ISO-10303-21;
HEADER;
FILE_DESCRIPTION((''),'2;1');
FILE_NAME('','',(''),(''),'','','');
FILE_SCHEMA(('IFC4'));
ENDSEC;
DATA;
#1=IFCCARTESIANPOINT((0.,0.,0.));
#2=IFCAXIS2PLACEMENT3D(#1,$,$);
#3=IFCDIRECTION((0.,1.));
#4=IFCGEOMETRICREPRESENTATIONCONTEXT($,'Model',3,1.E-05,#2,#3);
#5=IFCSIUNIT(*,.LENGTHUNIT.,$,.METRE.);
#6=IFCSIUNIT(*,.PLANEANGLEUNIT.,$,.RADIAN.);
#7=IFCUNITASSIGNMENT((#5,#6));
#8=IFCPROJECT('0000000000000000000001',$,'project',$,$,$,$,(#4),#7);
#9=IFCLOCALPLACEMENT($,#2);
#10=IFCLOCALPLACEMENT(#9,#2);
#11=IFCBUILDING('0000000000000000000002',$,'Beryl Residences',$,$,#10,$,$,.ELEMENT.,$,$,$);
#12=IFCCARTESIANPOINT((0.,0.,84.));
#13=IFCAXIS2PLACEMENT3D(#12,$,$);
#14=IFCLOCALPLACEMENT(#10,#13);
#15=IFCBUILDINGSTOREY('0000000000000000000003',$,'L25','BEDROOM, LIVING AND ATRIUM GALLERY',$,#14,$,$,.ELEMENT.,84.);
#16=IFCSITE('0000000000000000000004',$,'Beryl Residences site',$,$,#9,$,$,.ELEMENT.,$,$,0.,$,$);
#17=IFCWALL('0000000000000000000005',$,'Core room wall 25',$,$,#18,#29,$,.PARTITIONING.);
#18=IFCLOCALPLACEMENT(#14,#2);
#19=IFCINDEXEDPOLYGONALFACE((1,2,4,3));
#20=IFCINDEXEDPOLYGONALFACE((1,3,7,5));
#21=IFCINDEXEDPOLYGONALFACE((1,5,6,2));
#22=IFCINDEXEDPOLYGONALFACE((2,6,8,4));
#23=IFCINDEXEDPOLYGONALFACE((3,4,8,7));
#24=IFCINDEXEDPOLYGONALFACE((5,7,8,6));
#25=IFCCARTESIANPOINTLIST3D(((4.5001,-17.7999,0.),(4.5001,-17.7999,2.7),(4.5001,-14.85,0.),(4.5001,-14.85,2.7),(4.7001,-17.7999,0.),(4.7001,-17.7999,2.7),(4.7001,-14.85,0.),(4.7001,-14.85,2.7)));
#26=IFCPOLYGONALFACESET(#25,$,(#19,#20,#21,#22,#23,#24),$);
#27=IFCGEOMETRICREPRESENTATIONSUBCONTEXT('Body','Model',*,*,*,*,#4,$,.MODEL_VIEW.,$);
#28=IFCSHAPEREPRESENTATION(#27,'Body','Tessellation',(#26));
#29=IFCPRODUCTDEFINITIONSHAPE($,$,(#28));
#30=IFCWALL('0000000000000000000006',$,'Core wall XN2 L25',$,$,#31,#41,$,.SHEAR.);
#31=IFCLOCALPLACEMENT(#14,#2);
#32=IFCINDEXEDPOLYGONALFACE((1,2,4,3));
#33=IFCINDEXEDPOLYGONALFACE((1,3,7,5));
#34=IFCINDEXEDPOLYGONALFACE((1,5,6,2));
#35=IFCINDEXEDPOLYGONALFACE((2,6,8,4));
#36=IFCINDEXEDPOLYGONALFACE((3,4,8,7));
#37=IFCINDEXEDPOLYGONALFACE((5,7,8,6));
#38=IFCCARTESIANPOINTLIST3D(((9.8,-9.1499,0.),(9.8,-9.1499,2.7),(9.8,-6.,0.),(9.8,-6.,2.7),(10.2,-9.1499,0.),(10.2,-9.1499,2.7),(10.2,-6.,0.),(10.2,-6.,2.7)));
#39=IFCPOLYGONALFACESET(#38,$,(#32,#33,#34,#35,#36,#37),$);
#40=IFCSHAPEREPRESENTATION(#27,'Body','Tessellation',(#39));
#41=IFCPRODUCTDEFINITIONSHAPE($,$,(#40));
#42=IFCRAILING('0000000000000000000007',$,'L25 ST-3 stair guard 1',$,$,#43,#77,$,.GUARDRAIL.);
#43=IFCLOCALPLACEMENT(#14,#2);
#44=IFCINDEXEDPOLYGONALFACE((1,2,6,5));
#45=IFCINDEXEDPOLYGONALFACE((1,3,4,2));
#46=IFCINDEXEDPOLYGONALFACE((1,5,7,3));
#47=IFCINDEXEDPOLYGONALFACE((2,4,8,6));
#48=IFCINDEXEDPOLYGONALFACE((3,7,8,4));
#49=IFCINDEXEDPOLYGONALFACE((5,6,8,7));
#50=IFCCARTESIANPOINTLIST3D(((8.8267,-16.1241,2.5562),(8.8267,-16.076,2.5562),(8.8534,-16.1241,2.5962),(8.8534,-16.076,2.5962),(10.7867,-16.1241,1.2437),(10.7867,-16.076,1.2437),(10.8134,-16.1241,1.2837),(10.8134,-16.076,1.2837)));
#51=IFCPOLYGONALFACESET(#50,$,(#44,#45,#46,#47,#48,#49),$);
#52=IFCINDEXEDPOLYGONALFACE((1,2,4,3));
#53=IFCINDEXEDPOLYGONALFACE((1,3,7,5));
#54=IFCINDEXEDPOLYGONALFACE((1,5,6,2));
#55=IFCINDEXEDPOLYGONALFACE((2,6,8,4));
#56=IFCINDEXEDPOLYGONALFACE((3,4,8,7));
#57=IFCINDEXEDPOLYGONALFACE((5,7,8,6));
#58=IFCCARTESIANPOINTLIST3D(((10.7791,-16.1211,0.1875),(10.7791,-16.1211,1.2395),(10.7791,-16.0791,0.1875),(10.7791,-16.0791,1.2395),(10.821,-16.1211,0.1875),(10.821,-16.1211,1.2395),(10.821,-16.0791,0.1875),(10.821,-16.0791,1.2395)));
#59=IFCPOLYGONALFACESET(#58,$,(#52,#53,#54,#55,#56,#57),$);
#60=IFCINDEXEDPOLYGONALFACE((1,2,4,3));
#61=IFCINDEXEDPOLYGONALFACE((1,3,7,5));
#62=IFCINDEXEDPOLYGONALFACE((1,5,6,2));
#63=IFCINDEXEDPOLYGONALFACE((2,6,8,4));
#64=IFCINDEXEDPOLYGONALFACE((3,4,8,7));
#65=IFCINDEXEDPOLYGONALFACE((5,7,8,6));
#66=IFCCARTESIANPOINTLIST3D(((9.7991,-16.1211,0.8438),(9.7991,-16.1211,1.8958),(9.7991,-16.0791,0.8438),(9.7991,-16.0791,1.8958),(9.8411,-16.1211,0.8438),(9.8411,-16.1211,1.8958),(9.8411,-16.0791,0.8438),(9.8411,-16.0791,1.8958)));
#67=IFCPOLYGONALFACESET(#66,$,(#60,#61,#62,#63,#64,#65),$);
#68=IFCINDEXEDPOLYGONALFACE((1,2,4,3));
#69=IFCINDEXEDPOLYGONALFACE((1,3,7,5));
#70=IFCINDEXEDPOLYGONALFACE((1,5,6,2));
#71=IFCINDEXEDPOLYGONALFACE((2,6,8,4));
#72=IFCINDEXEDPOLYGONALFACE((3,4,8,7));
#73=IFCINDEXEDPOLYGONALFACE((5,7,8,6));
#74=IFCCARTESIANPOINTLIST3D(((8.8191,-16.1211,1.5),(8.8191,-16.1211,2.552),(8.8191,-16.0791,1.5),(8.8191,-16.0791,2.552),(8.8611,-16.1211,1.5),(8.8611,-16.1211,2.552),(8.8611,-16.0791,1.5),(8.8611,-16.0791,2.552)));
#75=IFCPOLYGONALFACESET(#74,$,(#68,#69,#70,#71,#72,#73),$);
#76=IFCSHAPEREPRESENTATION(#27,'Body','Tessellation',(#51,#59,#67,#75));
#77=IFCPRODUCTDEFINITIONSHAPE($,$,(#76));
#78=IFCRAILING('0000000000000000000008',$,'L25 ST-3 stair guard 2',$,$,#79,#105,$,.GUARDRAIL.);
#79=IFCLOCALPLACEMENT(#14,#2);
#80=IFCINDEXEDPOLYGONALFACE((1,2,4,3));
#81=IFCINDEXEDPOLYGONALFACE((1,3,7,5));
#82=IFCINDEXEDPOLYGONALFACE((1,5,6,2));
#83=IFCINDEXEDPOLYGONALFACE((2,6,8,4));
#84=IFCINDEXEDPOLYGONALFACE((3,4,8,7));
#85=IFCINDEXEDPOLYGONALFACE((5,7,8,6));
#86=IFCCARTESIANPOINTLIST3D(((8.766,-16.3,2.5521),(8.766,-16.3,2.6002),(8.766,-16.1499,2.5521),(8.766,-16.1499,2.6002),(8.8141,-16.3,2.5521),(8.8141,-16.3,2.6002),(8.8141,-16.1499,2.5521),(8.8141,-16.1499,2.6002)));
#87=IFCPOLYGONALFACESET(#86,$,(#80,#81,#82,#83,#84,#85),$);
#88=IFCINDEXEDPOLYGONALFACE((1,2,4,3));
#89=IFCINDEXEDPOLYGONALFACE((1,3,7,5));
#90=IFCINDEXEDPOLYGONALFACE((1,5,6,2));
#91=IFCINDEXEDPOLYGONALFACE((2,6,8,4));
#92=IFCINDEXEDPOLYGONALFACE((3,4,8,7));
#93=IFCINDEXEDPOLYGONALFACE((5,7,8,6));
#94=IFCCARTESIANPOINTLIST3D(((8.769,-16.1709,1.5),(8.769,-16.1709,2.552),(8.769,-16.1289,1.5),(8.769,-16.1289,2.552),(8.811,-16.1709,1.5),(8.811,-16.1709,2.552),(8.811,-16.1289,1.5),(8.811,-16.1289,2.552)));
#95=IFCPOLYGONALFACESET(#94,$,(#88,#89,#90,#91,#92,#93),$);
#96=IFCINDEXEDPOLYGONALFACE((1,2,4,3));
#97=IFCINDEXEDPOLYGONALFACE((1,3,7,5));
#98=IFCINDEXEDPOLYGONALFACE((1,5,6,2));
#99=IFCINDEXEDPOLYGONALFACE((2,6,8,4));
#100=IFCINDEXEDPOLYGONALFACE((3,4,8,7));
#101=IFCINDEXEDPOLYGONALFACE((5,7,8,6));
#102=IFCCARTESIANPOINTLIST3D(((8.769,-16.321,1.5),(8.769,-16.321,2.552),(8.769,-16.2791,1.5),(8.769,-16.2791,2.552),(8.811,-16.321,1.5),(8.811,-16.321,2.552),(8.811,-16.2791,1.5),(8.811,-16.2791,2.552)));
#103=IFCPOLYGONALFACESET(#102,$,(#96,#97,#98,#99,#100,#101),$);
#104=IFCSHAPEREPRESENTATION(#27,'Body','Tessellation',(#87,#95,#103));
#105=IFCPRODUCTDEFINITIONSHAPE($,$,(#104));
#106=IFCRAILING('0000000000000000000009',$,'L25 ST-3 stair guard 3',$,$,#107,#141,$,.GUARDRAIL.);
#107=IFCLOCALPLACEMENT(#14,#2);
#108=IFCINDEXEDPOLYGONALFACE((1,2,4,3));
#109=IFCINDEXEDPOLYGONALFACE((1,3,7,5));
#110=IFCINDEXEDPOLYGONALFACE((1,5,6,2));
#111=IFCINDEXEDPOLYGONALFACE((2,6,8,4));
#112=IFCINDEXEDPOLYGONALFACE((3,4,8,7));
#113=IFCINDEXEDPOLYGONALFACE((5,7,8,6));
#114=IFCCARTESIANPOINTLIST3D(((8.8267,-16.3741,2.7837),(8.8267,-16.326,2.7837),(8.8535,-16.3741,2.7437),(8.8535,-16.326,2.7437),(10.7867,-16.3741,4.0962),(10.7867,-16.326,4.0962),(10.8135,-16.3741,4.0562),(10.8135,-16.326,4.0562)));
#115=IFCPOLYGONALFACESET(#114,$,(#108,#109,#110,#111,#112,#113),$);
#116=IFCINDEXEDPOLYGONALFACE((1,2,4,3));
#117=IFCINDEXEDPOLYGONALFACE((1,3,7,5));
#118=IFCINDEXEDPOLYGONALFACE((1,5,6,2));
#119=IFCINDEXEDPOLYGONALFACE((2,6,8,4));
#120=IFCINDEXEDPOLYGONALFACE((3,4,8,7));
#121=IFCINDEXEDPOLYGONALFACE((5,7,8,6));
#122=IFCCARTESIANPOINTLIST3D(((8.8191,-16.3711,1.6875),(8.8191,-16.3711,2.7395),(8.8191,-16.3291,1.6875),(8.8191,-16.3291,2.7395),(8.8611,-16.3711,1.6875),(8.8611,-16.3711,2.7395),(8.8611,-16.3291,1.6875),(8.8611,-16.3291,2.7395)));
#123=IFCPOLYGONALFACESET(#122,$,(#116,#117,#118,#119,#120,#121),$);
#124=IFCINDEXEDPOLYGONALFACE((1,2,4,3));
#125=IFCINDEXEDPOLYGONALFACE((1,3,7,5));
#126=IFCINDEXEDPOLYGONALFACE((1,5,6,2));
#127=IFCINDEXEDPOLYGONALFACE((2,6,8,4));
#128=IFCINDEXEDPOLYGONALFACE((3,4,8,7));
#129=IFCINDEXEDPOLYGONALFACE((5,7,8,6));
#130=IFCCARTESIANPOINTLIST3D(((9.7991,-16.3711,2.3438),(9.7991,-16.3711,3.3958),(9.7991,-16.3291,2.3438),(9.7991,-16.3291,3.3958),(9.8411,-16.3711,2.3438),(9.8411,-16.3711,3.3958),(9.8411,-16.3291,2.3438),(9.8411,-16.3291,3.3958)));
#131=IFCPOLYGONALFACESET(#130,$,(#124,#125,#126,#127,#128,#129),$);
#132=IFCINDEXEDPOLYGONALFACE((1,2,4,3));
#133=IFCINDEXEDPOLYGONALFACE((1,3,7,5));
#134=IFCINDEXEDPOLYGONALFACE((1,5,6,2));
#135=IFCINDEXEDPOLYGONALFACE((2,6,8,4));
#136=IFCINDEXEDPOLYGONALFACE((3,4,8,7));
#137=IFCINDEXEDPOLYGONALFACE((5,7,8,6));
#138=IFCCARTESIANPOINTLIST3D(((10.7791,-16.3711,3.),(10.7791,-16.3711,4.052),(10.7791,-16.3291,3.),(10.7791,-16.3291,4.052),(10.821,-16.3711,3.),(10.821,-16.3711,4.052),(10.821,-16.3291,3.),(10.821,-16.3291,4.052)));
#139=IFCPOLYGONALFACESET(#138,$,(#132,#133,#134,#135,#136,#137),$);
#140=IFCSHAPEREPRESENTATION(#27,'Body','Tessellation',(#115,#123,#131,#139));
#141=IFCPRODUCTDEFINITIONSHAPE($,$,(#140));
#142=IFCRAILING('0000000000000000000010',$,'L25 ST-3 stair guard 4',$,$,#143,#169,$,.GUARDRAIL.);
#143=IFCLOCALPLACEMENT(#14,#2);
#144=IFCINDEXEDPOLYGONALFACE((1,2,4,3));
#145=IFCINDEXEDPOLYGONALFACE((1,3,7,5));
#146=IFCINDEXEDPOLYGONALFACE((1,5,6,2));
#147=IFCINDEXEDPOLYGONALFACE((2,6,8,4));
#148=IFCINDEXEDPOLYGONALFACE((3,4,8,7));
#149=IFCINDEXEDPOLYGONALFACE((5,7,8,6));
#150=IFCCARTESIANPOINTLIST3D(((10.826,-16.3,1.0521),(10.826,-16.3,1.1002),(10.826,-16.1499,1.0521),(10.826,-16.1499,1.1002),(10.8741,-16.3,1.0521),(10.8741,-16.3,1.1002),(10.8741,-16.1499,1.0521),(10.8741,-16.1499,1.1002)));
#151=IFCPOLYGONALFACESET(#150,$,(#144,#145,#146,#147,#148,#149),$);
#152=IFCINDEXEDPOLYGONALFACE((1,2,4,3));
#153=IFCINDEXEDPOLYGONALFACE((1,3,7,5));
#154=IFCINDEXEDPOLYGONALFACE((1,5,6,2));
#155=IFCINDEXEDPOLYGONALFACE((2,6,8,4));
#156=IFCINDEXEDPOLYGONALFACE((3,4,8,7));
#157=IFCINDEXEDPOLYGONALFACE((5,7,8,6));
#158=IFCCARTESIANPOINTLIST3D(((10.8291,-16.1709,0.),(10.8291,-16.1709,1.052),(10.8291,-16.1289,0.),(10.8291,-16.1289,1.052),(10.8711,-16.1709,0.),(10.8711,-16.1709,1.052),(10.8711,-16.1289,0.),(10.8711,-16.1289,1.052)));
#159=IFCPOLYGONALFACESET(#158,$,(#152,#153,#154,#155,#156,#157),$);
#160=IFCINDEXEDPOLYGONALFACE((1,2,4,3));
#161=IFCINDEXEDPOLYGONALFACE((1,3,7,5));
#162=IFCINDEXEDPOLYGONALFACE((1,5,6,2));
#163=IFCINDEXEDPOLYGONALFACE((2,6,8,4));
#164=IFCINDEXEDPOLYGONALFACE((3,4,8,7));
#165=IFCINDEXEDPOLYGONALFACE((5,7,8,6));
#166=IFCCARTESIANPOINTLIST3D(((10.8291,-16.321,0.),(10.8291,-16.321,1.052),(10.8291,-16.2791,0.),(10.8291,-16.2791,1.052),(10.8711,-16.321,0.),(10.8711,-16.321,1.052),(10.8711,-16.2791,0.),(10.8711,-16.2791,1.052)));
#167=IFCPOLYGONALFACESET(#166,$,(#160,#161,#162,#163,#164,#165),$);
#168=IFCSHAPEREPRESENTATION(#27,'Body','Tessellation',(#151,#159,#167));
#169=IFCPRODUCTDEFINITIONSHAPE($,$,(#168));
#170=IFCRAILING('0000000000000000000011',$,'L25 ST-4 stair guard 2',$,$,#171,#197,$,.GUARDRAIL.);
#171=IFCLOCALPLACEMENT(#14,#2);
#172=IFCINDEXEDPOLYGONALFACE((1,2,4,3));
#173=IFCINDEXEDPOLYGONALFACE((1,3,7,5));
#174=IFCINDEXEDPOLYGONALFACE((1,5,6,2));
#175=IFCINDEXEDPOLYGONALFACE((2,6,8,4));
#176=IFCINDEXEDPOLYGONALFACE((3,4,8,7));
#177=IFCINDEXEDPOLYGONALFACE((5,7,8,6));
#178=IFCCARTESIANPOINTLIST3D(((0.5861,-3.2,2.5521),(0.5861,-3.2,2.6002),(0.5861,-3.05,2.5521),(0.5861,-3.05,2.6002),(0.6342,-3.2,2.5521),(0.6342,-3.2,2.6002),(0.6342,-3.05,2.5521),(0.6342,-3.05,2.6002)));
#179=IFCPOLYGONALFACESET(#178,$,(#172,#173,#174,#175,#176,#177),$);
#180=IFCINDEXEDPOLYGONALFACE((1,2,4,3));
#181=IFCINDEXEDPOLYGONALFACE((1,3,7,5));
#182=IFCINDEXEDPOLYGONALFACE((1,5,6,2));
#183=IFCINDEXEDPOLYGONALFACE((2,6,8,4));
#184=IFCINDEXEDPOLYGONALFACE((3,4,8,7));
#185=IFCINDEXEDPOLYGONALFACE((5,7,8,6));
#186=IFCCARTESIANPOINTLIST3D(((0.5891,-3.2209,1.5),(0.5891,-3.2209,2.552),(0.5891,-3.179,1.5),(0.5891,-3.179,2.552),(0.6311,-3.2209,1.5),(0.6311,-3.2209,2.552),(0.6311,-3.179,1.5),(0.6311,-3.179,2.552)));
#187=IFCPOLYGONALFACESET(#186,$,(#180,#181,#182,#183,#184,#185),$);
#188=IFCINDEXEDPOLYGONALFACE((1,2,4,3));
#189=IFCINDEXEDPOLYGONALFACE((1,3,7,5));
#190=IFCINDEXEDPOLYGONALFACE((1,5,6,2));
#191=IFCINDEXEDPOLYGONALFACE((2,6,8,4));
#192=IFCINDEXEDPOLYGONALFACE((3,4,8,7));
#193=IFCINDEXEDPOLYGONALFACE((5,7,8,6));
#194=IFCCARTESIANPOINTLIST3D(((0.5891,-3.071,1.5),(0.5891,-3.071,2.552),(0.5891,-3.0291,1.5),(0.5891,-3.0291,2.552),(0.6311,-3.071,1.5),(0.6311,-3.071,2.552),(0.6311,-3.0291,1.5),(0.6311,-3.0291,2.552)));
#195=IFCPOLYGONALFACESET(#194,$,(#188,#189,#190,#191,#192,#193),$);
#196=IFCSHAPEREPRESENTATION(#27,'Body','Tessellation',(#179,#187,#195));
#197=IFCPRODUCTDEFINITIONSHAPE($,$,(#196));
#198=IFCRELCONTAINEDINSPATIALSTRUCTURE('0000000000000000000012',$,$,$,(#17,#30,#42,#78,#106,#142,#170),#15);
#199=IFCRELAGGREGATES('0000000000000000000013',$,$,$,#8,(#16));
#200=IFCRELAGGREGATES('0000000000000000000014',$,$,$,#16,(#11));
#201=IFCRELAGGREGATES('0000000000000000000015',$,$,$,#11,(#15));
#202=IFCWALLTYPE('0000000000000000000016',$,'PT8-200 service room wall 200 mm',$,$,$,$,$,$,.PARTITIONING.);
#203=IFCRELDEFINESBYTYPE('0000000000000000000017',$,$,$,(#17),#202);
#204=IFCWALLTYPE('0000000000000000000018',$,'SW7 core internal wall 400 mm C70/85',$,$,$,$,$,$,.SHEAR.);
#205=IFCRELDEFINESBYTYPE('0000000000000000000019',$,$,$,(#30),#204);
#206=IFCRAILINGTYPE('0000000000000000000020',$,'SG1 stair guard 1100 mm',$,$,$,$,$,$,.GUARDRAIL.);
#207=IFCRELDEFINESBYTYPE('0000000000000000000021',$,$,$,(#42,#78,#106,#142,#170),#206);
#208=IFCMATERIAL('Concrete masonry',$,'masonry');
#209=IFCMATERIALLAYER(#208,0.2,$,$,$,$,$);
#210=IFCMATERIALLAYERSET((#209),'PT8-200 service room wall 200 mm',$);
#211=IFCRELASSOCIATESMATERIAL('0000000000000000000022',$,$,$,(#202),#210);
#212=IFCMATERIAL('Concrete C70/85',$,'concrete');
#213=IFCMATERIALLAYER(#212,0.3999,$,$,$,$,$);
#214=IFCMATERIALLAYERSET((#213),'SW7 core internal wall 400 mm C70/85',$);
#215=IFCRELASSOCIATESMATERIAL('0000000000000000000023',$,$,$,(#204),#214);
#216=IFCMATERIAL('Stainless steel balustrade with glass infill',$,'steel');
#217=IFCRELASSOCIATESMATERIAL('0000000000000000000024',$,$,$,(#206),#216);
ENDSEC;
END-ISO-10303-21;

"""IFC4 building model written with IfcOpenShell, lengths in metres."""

from ifc_helpers import new_model, si_unit, direction, frame, frame_2d, origin, origin_2d, place, context, subcontext, project, spatial, rectangle, extrude, material, layer, layer_set, type_object, element, save


model = new_model("IFC4")

# Units and contexts
model_context = context("Model", 3, precision=1e-05, world=origin(), true_north=direction((0.0, 1.0)))
body_context = subcontext(model_context, "Body", "Model", "MODEL_VIEW")
ifc_project = project(units=[si_unit("LENGTHUNIT", "METRE"), si_unit("PLANEANGLEUNIT", "RADIAN")], contexts=[model_context])

# Site, building, storey
site_placement = place(None, origin())
site = spatial("IfcSite", under=ifc_project, at=site_placement, Name="Beryl Residences site", CompositionType="ELEMENT", RefElevation=0.0)
building_placement = place(site_placement, origin())
building = spatial("IfcBuilding", under=site, at=building_placement, Name="Beryl Residences", CompositionType="ELEMENT")
storey_placement = place(building_placement, frame((0.0, 0.0, 84.0)))
storey = spatial("IfcBuildingStorey", under=building, at=storey_placement, Name="L25", Description="BEDROOM, LIVING AND ATRIUM GALLERY", CompositionType="ELEMENT", Elevation=84.0)

# Walls
ifc_material_1 = material(Name="Concrete masonry", Category="masonry")
ifc_layer_1 = layer(ifc_material_1, 0.2)
ifc_layer_set_1 = layer_set([ifc_layer_1], Name="PT8-200 service room wall 200 mm")
wall_type_1 = type_object("IfcWallType", Name="PT8-200 service room wall 200 mm", PredefinedType="PARTITIONING", material=ifc_layer_set_1)
wall_1_placement = place(storey_placement, frame((4.6001, -17.8, 0.0), z_axis=(0.0, 0.0, 1.0), x_axis=(0.0, 1.0, 0.0)))
element("IfcWall", 1, at=wall_1_placement, inside=storey, type_object=wall_type_1, Name="Core room wall 25", PredefinedType="PARTITIONING", context=body_context, shape_type="SweptSolid", body=[
    extrude(rectangle(XDim=2.95, YDim=0.2, at=frame_2d((1.4751, 0.0))), origin(), (0.0, 0.0, 1.0), 2.7),
])
ifc_material_2 = material(Name="Concrete C70/85", Category="concrete")
ifc_layer_2 = layer(ifc_material_2, 0.3999)
ifc_layer_set_2 = layer_set([ifc_layer_2], Name="SW7 core internal wall 400 mm C70/85")
wall_type_2 = type_object("IfcWallType", Name="SW7 core internal wall 400 mm C70/85", PredefinedType="SHEAR", material=ifc_layer_set_2)
wall_2_placement = place(storey_placement, frame((10.0, -9.1499, 0.0), z_axis=(0.0, 0.0, 1.0), x_axis=(0.0, 1.0, 0.0)))
element("IfcWall", 2, at=wall_2_placement, inside=storey, type_object=wall_type_2, Name="Core wall XN2 L25", PredefinedType="SHEAR", context=body_context, shape_type="SweptSolid", body=[
    extrude(rectangle(XDim=3.1499, YDim=0.3999, at=frame_2d((1.575, 0.0))), origin(), (0.0, 0.0, 1.0), 2.7),
])

# Railings
ifc_material_3 = material(Name="Stainless steel balustrade with glass infill", Category="steel")
railing_type_1 = type_object("IfcRailingType", Name="SG1 stair guard 1100 mm", PredefinedType="GUARDRAIL", material=ifc_material_3)
railing_1_placement = place(storey_placement, frame((10.8, -16.1001, 0.1875)))
element("IfcRailing", 3, at=railing_1_placement, inside=storey, type_object=railing_type_1, Name="L25 ST-3 stair guard 1", PredefinedType="GUARDRAIL", context=body_context, shape_type="SweptSolid", body=[
    extrude(rectangle(XDim=0.0481, YDim=0.0481, at=origin_2d()), frame((0.0, 0.0, 1.0762), z_axis=(-0.830902, 0.0, 0.556419), x_axis=(0.0, -1.0, 0.0)), (0.0, 0.0, 1.0), 2.3589),
    extrude(rectangle(XDim=0.042, YDim=0.042, at=origin_2d()), origin(), (0.0, 0.0, 1.0), 1.052),
    extrude(rectangle(XDim=0.042, YDim=0.042, at=origin_2d()), frame((-0.98, 0.0, 0.6562)), (0.0, 0.0, 1.0), 1.052),
    extrude(rectangle(XDim=0.042, YDim=0.042, at=origin_2d()), frame((-1.96, 0.0, 1.3125)), (0.0, 0.0, 1.0), 1.052),
])
railing_2_placement = place(storey_placement, frame((8.79, -16.1499, 1.5)))
element("IfcRailing", 4, at=railing_2_placement, inside=storey, type_object=railing_type_1, Name="L25 ST-3 stair guard 2", PredefinedType="GUARDRAIL", context=body_context, shape_type="SweptSolid", body=[
    extrude(rectangle(XDim=0.0481, YDim=0.0481, at=origin_2d()), frame((0.0, 0.0, 1.0762), z_axis=(0.0, -1.0, 0.0), x_axis=(1.0, 0.0, 0.0)), (0.0, 0.0, 1.0), 0.1501),
    extrude(rectangle(XDim=0.042, YDim=0.042, at=origin_2d()), origin(), (0.0, 0.0, 1.0), 1.052),
    extrude(rectangle(XDim=0.042, YDim=0.042, at=origin_2d()), frame((0.0, -0.1501, 0.0)), (0.0, 0.0, 1.0), 1.052),
])
railing_3_placement = place(storey_placement, frame((8.8401, -16.3501, 1.6875)))
element("IfcRailing", 5, at=railing_3_placement, inside=storey, type_object=railing_type_1, Name="L25 ST-3 stair guard 3", PredefinedType="GUARDRAIL", context=body_context, shape_type="SweptSolid", body=[
    extrude(rectangle(XDim=0.0481, YDim=0.0481, at=origin_2d()), frame((0.0, 0.0, 1.0762), z_axis=(0.830902, 0.0, 0.556419), x_axis=(0.0, 1.0, 0.0)), (0.0, 0.0, 1.0), 2.3589),
    extrude(rectangle(XDim=0.042, YDim=0.042, at=origin_2d()), origin(), (0.0, 0.0, 1.0), 1.052),
    extrude(rectangle(XDim=0.042, YDim=0.042, at=origin_2d()), frame((0.98, 0.0, 0.6562)), (0.0, 0.0, 1.0), 1.052),
    extrude(rectangle(XDim=0.042, YDim=0.042, at=origin_2d()), frame((1.96, 0.0, 1.3125)), (0.0, 0.0, 1.0), 1.052),
])
railing_4_placement = place(storey_placement, frame((10.8501, -16.1499, 0.0)))
element("IfcRailing", 6, at=railing_4_placement, inside=storey, type_object=railing_type_1, Name="L25 ST-3 stair guard 4", PredefinedType="GUARDRAIL", context=body_context, shape_type="SweptSolid", body=[
    extrude(rectangle(XDim=0.0481, YDim=0.0481, at=origin_2d()), frame((0.0, 0.0, 1.0762), z_axis=(0.0, -1.0, 0.0), x_axis=(1.0, 0.0, 0.0)), (0.0, 0.0, 1.0), 0.1501),
    extrude(rectangle(XDim=0.042, YDim=0.042, at=origin_2d()), origin(), (0.0, 0.0, 1.0), 1.052),
    extrude(rectangle(XDim=0.042, YDim=0.042, at=origin_2d()), frame((0.0, -0.1501, 0.0)), (0.0, 0.0, 1.0), 1.052),
])
railing_5_placement = place(storey_placement, frame((0.6101, -3.2, 1.5)))
element("IfcRailing", 7, at=railing_5_placement, inside=storey, type_object=railing_type_1, Name="L25 ST-4 stair guard 2", PredefinedType="GUARDRAIL", context=body_context, shape_type="SweptSolid", body=[
    extrude(rectangle(XDim=0.0481, YDim=0.0481, at=origin_2d()), frame((0.0, 0.0, 1.0762), z_axis=(0.0, 1.0, 0.0), x_axis=(-1.0, 0.0, 0.0)), (0.0, 0.0, 1.0), 0.1499),
    extrude(rectangle(XDim=0.042, YDim=0.042, at=origin_2d()), origin(), (0.0, 0.0, 1.0), 1.052),
    extrude(rectangle(XDim=0.042, YDim=0.042, at=origin_2d()), frame((0.0, 0.1499, 0.0)), (0.0, 0.0, 1.0), 1.052),
])

save(model, "model.ifc")
